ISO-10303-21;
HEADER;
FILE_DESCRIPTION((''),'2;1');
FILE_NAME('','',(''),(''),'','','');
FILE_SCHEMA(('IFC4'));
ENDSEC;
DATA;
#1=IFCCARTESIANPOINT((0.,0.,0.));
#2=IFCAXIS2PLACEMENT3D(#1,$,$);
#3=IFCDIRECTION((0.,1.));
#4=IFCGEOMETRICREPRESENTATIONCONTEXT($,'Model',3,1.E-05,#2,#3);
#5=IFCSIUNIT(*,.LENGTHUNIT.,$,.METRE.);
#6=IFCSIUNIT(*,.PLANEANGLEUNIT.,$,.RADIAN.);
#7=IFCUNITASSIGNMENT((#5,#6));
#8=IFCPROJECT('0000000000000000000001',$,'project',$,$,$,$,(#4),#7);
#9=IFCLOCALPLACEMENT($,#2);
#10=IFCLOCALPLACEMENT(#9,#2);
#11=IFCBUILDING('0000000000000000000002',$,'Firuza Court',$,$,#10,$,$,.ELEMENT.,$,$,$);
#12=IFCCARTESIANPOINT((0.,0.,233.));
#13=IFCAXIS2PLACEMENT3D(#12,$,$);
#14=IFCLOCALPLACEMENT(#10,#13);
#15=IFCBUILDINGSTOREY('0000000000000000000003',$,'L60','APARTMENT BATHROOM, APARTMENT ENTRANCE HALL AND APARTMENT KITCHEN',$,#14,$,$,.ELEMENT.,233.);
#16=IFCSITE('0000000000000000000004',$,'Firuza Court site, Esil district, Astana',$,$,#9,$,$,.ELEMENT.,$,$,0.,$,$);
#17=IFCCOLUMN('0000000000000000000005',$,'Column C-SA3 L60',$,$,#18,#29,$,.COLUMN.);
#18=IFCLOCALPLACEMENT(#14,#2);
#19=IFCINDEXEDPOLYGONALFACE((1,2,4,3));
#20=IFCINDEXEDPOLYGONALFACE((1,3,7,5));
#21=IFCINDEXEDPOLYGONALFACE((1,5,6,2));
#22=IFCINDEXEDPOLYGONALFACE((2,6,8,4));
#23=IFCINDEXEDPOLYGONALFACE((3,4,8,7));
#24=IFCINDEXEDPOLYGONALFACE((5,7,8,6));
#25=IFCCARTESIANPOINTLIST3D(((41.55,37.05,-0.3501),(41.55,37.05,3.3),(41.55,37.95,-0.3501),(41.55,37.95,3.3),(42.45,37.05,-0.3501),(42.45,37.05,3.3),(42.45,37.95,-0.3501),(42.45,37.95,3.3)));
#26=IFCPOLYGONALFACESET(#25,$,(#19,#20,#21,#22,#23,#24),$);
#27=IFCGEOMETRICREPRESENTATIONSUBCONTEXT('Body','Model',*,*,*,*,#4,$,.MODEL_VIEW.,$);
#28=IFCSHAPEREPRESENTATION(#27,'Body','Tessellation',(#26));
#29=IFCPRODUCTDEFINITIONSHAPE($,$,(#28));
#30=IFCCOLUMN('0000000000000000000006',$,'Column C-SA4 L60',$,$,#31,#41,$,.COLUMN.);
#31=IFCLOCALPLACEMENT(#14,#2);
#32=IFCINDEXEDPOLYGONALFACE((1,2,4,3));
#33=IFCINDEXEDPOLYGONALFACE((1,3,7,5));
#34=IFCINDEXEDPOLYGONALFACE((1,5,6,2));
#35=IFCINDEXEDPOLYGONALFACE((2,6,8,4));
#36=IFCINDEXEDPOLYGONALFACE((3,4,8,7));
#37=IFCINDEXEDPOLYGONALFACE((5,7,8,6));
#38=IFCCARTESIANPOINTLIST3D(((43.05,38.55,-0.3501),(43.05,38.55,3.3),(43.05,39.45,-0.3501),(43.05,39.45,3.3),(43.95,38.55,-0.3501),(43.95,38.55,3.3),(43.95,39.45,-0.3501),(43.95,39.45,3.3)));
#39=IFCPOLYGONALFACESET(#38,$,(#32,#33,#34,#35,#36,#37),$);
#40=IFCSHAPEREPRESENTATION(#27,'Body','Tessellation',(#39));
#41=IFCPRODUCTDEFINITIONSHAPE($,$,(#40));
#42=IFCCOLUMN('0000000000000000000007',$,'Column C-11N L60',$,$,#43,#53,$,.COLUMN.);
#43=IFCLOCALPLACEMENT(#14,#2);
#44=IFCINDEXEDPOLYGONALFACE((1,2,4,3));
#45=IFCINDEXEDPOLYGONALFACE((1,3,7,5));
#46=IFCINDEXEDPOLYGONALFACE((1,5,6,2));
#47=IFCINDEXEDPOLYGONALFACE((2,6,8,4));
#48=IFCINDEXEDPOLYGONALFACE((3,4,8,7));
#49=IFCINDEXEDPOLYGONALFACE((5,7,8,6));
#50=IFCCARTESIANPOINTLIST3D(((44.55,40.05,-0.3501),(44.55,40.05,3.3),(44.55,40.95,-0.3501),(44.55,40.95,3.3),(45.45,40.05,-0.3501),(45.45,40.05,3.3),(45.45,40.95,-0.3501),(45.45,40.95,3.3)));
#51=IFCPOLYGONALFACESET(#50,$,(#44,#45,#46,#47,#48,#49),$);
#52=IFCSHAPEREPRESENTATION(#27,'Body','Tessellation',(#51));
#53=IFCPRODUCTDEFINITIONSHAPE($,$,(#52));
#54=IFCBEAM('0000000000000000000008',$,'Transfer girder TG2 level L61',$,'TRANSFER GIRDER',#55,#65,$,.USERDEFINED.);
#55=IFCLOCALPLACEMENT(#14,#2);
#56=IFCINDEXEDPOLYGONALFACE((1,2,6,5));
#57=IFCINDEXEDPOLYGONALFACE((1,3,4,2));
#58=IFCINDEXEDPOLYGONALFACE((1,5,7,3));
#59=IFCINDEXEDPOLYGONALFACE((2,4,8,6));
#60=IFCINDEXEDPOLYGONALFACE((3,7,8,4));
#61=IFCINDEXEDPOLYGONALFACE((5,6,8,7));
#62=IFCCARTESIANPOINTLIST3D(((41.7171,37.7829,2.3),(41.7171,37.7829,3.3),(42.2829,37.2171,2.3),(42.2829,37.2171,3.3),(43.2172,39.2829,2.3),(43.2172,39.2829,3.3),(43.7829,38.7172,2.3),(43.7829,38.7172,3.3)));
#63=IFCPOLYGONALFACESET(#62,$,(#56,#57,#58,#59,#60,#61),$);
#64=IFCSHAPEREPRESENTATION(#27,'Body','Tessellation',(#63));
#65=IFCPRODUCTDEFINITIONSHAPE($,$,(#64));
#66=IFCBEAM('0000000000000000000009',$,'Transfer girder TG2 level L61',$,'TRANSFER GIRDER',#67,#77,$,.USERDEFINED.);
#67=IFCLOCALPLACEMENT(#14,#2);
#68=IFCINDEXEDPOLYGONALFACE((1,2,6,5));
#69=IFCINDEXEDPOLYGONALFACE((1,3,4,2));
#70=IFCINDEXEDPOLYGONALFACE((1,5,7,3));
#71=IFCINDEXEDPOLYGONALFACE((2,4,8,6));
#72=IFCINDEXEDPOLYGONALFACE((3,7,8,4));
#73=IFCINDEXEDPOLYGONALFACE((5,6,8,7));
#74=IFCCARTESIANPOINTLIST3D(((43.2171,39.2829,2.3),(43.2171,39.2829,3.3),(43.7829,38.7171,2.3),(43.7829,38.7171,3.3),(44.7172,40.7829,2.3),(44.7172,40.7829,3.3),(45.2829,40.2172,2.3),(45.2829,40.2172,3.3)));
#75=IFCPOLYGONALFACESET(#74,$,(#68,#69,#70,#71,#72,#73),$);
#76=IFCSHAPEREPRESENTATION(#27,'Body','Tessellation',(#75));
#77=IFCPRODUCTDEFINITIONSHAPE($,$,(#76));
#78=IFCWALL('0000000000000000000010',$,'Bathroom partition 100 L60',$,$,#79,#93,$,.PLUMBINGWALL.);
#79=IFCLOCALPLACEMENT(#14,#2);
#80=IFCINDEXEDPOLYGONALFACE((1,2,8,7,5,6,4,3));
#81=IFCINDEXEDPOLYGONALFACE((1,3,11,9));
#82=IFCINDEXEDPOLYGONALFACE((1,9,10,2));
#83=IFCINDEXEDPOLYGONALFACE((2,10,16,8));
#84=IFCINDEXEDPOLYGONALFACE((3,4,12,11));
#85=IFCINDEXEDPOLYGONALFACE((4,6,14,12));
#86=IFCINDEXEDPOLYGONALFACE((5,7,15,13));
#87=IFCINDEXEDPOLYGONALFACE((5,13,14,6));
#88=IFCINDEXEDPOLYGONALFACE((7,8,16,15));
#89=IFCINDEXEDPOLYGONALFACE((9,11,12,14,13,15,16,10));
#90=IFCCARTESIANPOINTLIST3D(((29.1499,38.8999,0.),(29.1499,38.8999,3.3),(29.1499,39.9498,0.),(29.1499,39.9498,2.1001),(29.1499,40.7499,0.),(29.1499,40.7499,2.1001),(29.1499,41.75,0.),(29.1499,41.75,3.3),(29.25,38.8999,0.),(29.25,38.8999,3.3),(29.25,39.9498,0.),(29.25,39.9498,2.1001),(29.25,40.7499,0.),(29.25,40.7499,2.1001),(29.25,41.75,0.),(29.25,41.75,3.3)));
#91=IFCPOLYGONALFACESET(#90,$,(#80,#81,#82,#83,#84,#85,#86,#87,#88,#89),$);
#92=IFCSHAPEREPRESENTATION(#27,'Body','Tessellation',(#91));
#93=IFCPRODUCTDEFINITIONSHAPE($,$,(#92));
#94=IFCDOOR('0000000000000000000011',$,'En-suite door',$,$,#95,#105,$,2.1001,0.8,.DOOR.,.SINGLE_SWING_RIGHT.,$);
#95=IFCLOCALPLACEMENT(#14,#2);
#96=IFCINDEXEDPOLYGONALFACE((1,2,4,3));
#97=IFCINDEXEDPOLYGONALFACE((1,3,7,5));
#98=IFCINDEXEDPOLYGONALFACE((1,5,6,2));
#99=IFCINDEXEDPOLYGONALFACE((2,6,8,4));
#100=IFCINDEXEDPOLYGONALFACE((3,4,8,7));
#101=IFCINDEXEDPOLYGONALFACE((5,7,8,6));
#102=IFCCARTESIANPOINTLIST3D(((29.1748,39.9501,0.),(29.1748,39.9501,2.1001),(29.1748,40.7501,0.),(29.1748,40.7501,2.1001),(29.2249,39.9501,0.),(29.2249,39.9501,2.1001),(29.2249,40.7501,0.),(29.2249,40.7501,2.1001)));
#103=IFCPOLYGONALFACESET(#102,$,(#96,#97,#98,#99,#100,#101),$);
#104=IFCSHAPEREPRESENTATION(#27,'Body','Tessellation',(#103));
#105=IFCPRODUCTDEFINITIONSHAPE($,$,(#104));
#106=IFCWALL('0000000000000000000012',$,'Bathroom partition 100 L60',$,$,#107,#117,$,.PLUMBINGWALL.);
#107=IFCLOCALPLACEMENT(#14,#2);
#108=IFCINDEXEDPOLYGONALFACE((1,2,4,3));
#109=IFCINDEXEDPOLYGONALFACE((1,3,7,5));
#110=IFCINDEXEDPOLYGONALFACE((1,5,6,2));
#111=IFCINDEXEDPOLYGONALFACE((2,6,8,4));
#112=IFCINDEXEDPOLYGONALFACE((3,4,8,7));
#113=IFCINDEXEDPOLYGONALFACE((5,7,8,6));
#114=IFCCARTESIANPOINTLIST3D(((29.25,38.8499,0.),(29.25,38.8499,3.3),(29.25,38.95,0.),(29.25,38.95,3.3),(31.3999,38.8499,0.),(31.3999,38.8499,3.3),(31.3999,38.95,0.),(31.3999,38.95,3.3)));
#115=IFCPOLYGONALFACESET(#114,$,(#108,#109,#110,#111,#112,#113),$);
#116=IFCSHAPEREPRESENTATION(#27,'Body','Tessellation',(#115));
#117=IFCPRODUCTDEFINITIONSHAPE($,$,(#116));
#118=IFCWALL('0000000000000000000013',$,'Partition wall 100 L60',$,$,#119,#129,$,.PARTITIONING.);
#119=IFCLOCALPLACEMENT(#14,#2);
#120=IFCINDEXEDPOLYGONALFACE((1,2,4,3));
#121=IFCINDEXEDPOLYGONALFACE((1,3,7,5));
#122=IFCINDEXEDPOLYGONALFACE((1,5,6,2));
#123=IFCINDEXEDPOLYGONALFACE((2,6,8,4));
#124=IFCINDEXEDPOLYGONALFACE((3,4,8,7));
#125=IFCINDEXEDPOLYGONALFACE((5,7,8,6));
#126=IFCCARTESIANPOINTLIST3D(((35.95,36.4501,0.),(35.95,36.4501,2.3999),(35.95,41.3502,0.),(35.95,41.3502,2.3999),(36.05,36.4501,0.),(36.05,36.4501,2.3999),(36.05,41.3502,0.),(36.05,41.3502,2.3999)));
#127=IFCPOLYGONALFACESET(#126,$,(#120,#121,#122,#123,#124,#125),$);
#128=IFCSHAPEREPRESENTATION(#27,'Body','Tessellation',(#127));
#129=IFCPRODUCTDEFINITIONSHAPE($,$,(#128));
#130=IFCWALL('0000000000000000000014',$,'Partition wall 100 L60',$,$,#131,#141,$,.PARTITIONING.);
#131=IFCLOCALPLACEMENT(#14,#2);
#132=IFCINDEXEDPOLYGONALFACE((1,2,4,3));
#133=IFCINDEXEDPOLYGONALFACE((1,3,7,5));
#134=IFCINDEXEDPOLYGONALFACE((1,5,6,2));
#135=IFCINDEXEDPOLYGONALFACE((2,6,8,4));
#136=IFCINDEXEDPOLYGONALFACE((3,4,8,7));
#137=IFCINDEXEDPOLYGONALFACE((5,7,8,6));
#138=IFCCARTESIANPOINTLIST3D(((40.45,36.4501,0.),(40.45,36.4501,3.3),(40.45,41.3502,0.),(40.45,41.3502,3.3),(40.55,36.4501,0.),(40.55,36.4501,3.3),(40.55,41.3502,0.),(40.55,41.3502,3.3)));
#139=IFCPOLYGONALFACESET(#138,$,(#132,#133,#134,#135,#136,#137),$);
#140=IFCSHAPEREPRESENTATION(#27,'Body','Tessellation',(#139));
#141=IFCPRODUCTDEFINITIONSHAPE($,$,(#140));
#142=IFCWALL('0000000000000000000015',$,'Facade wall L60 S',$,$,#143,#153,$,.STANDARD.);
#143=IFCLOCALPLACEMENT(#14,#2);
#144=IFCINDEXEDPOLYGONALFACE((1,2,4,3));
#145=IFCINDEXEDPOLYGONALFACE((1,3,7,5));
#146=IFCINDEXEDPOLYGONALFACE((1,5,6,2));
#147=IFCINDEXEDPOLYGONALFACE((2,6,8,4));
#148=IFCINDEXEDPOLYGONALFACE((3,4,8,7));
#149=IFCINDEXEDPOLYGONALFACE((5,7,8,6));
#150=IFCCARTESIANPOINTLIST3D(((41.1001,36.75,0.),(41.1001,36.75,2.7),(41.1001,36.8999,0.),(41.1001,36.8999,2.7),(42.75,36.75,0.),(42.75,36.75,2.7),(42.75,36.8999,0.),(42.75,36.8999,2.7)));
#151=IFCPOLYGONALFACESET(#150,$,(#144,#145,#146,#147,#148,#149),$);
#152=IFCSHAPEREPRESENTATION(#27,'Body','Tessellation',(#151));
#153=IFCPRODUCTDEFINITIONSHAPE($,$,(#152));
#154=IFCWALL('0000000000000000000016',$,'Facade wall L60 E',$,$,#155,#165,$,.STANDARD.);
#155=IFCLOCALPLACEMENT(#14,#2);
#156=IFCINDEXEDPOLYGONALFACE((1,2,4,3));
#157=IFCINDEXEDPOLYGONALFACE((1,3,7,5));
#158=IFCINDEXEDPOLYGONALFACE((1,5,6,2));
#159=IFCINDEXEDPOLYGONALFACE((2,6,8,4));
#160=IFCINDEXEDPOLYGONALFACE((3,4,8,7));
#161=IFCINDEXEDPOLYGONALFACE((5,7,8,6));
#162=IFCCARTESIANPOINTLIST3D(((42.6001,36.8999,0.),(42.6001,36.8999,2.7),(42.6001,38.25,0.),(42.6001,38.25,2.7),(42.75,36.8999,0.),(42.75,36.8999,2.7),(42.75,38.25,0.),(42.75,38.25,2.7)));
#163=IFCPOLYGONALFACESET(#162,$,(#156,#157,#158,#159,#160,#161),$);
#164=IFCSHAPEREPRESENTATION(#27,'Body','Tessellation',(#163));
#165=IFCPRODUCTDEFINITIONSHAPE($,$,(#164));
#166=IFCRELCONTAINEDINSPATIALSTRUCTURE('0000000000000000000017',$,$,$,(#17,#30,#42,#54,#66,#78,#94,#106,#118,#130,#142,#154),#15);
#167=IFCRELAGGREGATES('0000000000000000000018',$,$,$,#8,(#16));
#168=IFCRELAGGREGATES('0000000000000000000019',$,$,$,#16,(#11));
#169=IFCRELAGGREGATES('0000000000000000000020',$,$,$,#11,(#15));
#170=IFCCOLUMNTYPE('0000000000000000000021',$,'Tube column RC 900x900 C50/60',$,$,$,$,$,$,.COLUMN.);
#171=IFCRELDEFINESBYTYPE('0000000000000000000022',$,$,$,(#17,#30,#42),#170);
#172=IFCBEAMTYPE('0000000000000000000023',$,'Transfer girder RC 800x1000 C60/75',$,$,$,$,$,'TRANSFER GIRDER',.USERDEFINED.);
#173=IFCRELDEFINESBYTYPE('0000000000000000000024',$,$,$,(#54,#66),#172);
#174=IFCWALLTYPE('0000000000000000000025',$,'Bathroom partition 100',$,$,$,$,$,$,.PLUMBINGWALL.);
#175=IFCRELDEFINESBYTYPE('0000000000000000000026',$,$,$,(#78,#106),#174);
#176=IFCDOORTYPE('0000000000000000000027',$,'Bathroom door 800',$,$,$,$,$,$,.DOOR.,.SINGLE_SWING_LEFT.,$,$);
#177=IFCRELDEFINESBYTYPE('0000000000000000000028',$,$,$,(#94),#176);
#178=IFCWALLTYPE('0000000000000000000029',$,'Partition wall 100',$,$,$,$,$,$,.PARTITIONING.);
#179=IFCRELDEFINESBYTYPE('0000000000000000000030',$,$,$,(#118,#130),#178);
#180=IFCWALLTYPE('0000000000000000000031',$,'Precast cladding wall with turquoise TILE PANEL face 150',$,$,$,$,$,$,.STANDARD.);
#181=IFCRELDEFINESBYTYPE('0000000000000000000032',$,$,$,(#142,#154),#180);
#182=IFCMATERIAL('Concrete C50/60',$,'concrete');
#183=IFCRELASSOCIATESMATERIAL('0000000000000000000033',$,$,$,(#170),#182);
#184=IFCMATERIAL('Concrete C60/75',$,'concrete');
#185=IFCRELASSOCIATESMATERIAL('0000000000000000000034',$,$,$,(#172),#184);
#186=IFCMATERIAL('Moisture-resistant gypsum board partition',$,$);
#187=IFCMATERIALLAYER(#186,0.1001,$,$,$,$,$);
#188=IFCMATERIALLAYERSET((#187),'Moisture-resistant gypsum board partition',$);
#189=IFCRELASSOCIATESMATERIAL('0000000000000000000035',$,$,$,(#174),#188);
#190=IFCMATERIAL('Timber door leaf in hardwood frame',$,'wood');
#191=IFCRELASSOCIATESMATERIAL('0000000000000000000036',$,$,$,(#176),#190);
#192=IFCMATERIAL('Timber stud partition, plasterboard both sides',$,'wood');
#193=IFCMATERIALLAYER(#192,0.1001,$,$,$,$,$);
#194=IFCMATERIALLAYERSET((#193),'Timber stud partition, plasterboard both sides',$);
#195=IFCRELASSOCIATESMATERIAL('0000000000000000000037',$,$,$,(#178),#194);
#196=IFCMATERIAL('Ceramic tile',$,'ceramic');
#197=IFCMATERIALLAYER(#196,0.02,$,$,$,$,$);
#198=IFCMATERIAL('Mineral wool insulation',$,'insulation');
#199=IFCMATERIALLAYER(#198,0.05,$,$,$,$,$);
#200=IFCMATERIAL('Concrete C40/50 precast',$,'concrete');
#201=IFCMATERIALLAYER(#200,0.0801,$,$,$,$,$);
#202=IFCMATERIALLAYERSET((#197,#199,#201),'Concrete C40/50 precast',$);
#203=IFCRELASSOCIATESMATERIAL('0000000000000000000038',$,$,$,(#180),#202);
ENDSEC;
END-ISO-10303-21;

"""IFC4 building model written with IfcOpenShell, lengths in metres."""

from ifc_helpers import new_model, si_unit, direction, frame, frame_2d, origin, origin_2d, place, context, subcontext, project, spatial, rectangle, extrude, material, layer, layer_set, material_profile, profile_set, type_object, element, fill, save


model = new_model("IFC4")

# Units and contexts
model_context = context("Model", 3, precision=1e-05, world=origin(), true_north=direction((0.0, 1.0)))
body_context = subcontext(model_context, "Body", "Model", "MODEL_VIEW")
ifc_project = project(units=[si_unit("LENGTHUNIT", "METRE"), si_unit("PLANEANGLEUNIT", "RADIAN")], contexts=[model_context])

# Site, building, storey
site_placement = place(None, origin())
site = spatial("IfcSite", under=ifc_project, at=site_placement, Name="Firuza Court site, Esil district, Astana", CompositionType="ELEMENT", RefElevation=0.0)
building_placement = place(site_placement, origin())
building = spatial("IfcBuilding", under=site, at=building_placement, Name="Firuza Court", CompositionType="ELEMENT")
storey_placement = place(building_placement, frame((0.0, 0.0, 233.0)))
storey = spatial("IfcBuildingStorey", under=building, at=storey_placement, Name="L60", Description="APARTMENT BATHROOM, APARTMENT ENTRANCE HALL AND APARTMENT KITCHEN", CompositionType="ELEMENT", Elevation=233.0)

# Columns
ifc_material_1 = material(Name="Concrete C50/60", Category="concrete")
ifc_material_profile_1 = material_profile(ifc_material_1, rectangle(XDim=0.8999, YDim=0.8999, at=origin_2d()), Name="RC 900x900")
ifc_profile_set_1 = profile_set([ifc_material_profile_1], Name="Concrete C50/60")
column_type = type_object("IfcColumnType", Name="Tube column RC 900x900 C50/60", PredefinedType="COLUMN", material=ifc_profile_set_1)
for number, where, z_axis, x_axis, name in (
    (1, (42.0, 37.5, -0.3501), (0.0, 0.0, 1.0), (1.0, 0.0, 0.0), "Column C-SA3 L60"),
    (2, (43.5, 39.0, -0.3501), (0.0, 0.0, 1.0), (1.0, 0.0, 0.0), "Column C-SA4 L60"),
    (3, (45.0, 40.5, -0.3501), (0.0, 0.0, 1.0), (1.0, 0.0, 0.0), "Column C-11N L60"),
):
    element("IfcColumn", number, at=place(storey_placement, frame(where, z_axis=z_axis, x_axis=x_axis)), inside=storey, type_object=column_type, Name=name, PredefinedType="COLUMN", context=body_context, shape_type="SweptSolid", body=[
        extrude(rectangle(XDim=0.8999, YDim=0.8999, at=origin_2d()), origin(), (0.0, 0.0, 1.0), 3.6501),
    ])

# Beams
ifc_material_2 = material(Name="Concrete C60/75", Category="concrete")
ifc_material_profile_2 = material_profile(ifc_material_2, rectangle(XDim=0.8, YDim=1.0, at=origin_2d()), Name="RC 800x1000")
ifc_profile_set_2 = profile_set([ifc_material_profile_2], Name="Concrete C60/75")
beam_type = type_object("IfcBeamType", Name="Transfer girder RC 800x1000 C60/75", ElementType="TRANSFER GIRDER", PredefinedType="USERDEFINED", material=ifc_profile_set_2)
for number, where, z_axis, x_axis, name in (
    (4, (42.0, 37.5, 2.8), (0.707107, 0.707107, 0.0), (-0.707107, 0.707107, 0.0), "Transfer girder TG2 level L61"),
    (5, (43.5, 39.0, 2.8), (0.707107, 0.707107, 0.0), (-0.707107, 0.707107, 0.0), "Transfer girder TG2 level L61"),
):
    element("IfcBeam", number, at=place(storey_placement, frame(where, z_axis=z_axis, x_axis=x_axis)), inside=storey, type_object=beam_type, Name=name, ObjectType="TRANSFER GIRDER", PredefinedType="USERDEFINED", context=body_context, shape_type="SweptSolid", body=[
        extrude(rectangle(XDim=0.8, YDim=1.0, at=origin_2d()), origin(), (0.0, 0.0, 1.0), 2.1213),
    ])

# Wall, opening, door
ifc_material_3 = material(Name="Moisture-resistant gypsum board partition")
ifc_layer_1 = layer(ifc_material_3, 0.1001)
ifc_layer_set_1 = layer_set([ifc_layer_1], Name="Moisture-resistant gypsum board partition")
wall_type_1 = type_object("IfcWallType", Name="Bathroom partition 100", PredefinedType="PLUMBINGWALL", material=ifc_layer_set_1)
wall_1_placement = place(storey_placement, frame((29.2, 38.8999, 0.0), z_axis=(0.0, 0.0, 1.0), x_axis=(0.0, 1.0, 0.0)))
wall_1 = element("IfcWall", 6, at=wall_1_placement, inside=storey, type_object=wall_type_1, Name="Bathroom partition 100 L60", PredefinedType="PLUMBINGWALL", context=body_context, shape_type="SweptSolid", body=[
    extrude(rectangle(XDim=2.8501, YDim=0.1001, at=frame_2d((1.425, 0.0))), origin(), (0.0, 0.0, 1.0), 3.3),
])
opening_1_placement = place(wall_1_placement, frame((1.05, 0.0, 0.0)))
opening_1 = element("IfcOpeningElement", 7, at=opening_1_placement, cuts=wall_1, PredefinedType="OPENING", context=body_context, shape_type="SweptSolid", body=[
    extrude(rectangle(XDim=0.8, YDim=2.1001, at=frame_2d((0.3999, 1.05))), frame((0.0, 0.062, 0.0), z_axis=(0.0, -1.0, 0.0), x_axis=(1.0, 0.0, 0.0)), (0.0, 0.0, 1.0), 0.124),
])
ifc_material_4 = material(Name="Timber door leaf in hardwood frame", Category="wood")
door_type_1 = type_object("IfcDoorType", Name="Bathroom door 800", OperationType="SINGLE_SWING_LEFT", PredefinedType="DOOR", material=ifc_material_4)
door_1_placement = place(opening_1_placement, frame((0.8, 0.0, 0.0), z_axis=(0.0, 0.0, 1.0), x_axis=(-1.0, 0.0, 0.0)))
door_1 = element("IfcDoor", 8, at=door_1_placement, inside=storey, type_object=door_type_1, Name="En-suite door", OperationType="SINGLE_SWING_RIGHT", OverallHeight=2.1001, OverallWidth=0.8, PredefinedType="DOOR", context=body_context, shape_type="SweptSolid", body=[
    extrude(rectangle(XDim=0.8, YDim=2.1001, at=frame_2d((0.3999, 1.05))), frame((0.0, 0.0249, 0.0), z_axis=(0.0, -1.0, 0.0), x_axis=(1.0, 0.0, 0.0)), (0.0, 0.0, 1.0), 0.05),
])
fill(opening_1, door_1)

# Walls
wall_2_placement = place(storey_placement, frame((29.25, 38.8999, 0.0), z_axis=(0.0, 0.0, 1.0), x_axis=(1.0, 0.0, 0.0)))
element("IfcWall", 9, at=wall_2_placement, inside=storey, type_object=wall_type_1, Name="Bathroom partition 100 L60", PredefinedType="PLUMBINGWALL", context=body_context, shape_type="SweptSolid", body=[
    extrude(rectangle(XDim=2.1499, YDim=0.1001, at=frame_2d((1.075, 0.0))), origin(), (0.0, 0.0, 1.0), 3.3),
])
ifc_material_5 = material(Name="Timber stud partition, plasterboard both sides", Category="wood")
ifc_layer_2 = layer(ifc_material_5, 0.1001)
ifc_layer_set_2 = layer_set([ifc_layer_2], Name="Timber stud partition, plasterboard both sides")
wall_type_2 = type_object("IfcWallType", Name="Partition wall 100", PredefinedType="PARTITIONING", material=ifc_layer_set_2)
wall_3_placement = place(storey_placement, frame((36.0, 36.45, 0.0), z_axis=(0.0, 0.0, 1.0), x_axis=(0.0, 1.0, 0.0)))
element("IfcWall", 10, at=wall_3_placement, inside=storey, type_object=wall_type_2, Name="Partition wall 100 L60", PredefinedType="PARTITIONING", context=body_context, shape_type="SweptSolid", body=[
    extrude(rectangle(XDim=4.9001, YDim=0.1001, at=frame_2d((2.4502, 0.0))), origin(), (0.0, 0.0, 1.0), 2.3999),
])
wall_4_placement = place(storey_placement, frame((40.5, 36.45, 0.0), z_axis=(0.0, 0.0, 1.0), x_axis=(0.0, 1.0, 0.0)))
element("IfcWall", 11, at=wall_4_placement, inside=storey, type_object=wall_type_2, Name="Partition wall 100 L60", PredefinedType="PARTITIONING", context=body_context, shape_type="SweptSolid", body=[
    extrude(rectangle(XDim=4.9001, YDim=0.1001, at=frame_2d((2.4502, 0.0))), origin(), (0.0, 0.0, 1.0), 3.3),
])
ifc_material_6 = material(Name="Ceramic tile", Category="ceramic")
ifc_layer_3 = layer(ifc_material_6, 0.02)
ifc_material_7 = material(Name="Mineral wool insulation", Category="insulation")
ifc_layer_4 = layer(ifc_material_7, 0.05)
ifc_material_8 = material(Name="Concrete C40/50 precast", Category="concrete")
ifc_layer_5 = layer(ifc_material_8, 0.0801)
ifc_layer_set_3 = layer_set([ifc_layer_3, ifc_layer_4, ifc_layer_5], Name="Concrete C40/50 precast")
wall_type_3 = type_object("IfcWallType", Name="Precast cladding wall with turquoise TILE PANEL face 150", PredefinedType="STANDARD", material=ifc_layer_set_3)
wall_5_placement = place(storey_placement, frame((41.1001, 36.825, 0.0), z_axis=(0.0, 0.0, 1.0), x_axis=(1.0, 0.0, 0.0)))
element("IfcWall", 12, at=wall_5_placement, inside=storey, type_object=wall_type_3, Name="Facade wall L60 S", PredefinedType="STANDARD", context=body_context, shape_type="SweptSolid", body=[
    extrude(rectangle(XDim=1.6499, YDim=0.1499, at=frame_2d((0.825, 0.0))), origin(), (0.0, 0.0, 1.0), 2.7),
])
wall_6_placement = place(storey_placement, frame((42.675, 36.8999, 0.0), z_axis=(0.0, 0.0, 1.0), x_axis=(0.0, 1.0, 0.0)))
element("IfcWall", 13, at=wall_6_placement, inside=storey, type_object=wall_type_3, Name="Facade wall L60 E", PredefinedType="STANDARD", context=body_context, shape_type="SweptSolid", body=[
    extrude(rectangle(XDim=1.3501, YDim=0.1499, at=frame_2d((0.675, 0.0))), origin(), (0.0, 0.0, 1.0), 2.7),
])

save(model, "model.ifc")
